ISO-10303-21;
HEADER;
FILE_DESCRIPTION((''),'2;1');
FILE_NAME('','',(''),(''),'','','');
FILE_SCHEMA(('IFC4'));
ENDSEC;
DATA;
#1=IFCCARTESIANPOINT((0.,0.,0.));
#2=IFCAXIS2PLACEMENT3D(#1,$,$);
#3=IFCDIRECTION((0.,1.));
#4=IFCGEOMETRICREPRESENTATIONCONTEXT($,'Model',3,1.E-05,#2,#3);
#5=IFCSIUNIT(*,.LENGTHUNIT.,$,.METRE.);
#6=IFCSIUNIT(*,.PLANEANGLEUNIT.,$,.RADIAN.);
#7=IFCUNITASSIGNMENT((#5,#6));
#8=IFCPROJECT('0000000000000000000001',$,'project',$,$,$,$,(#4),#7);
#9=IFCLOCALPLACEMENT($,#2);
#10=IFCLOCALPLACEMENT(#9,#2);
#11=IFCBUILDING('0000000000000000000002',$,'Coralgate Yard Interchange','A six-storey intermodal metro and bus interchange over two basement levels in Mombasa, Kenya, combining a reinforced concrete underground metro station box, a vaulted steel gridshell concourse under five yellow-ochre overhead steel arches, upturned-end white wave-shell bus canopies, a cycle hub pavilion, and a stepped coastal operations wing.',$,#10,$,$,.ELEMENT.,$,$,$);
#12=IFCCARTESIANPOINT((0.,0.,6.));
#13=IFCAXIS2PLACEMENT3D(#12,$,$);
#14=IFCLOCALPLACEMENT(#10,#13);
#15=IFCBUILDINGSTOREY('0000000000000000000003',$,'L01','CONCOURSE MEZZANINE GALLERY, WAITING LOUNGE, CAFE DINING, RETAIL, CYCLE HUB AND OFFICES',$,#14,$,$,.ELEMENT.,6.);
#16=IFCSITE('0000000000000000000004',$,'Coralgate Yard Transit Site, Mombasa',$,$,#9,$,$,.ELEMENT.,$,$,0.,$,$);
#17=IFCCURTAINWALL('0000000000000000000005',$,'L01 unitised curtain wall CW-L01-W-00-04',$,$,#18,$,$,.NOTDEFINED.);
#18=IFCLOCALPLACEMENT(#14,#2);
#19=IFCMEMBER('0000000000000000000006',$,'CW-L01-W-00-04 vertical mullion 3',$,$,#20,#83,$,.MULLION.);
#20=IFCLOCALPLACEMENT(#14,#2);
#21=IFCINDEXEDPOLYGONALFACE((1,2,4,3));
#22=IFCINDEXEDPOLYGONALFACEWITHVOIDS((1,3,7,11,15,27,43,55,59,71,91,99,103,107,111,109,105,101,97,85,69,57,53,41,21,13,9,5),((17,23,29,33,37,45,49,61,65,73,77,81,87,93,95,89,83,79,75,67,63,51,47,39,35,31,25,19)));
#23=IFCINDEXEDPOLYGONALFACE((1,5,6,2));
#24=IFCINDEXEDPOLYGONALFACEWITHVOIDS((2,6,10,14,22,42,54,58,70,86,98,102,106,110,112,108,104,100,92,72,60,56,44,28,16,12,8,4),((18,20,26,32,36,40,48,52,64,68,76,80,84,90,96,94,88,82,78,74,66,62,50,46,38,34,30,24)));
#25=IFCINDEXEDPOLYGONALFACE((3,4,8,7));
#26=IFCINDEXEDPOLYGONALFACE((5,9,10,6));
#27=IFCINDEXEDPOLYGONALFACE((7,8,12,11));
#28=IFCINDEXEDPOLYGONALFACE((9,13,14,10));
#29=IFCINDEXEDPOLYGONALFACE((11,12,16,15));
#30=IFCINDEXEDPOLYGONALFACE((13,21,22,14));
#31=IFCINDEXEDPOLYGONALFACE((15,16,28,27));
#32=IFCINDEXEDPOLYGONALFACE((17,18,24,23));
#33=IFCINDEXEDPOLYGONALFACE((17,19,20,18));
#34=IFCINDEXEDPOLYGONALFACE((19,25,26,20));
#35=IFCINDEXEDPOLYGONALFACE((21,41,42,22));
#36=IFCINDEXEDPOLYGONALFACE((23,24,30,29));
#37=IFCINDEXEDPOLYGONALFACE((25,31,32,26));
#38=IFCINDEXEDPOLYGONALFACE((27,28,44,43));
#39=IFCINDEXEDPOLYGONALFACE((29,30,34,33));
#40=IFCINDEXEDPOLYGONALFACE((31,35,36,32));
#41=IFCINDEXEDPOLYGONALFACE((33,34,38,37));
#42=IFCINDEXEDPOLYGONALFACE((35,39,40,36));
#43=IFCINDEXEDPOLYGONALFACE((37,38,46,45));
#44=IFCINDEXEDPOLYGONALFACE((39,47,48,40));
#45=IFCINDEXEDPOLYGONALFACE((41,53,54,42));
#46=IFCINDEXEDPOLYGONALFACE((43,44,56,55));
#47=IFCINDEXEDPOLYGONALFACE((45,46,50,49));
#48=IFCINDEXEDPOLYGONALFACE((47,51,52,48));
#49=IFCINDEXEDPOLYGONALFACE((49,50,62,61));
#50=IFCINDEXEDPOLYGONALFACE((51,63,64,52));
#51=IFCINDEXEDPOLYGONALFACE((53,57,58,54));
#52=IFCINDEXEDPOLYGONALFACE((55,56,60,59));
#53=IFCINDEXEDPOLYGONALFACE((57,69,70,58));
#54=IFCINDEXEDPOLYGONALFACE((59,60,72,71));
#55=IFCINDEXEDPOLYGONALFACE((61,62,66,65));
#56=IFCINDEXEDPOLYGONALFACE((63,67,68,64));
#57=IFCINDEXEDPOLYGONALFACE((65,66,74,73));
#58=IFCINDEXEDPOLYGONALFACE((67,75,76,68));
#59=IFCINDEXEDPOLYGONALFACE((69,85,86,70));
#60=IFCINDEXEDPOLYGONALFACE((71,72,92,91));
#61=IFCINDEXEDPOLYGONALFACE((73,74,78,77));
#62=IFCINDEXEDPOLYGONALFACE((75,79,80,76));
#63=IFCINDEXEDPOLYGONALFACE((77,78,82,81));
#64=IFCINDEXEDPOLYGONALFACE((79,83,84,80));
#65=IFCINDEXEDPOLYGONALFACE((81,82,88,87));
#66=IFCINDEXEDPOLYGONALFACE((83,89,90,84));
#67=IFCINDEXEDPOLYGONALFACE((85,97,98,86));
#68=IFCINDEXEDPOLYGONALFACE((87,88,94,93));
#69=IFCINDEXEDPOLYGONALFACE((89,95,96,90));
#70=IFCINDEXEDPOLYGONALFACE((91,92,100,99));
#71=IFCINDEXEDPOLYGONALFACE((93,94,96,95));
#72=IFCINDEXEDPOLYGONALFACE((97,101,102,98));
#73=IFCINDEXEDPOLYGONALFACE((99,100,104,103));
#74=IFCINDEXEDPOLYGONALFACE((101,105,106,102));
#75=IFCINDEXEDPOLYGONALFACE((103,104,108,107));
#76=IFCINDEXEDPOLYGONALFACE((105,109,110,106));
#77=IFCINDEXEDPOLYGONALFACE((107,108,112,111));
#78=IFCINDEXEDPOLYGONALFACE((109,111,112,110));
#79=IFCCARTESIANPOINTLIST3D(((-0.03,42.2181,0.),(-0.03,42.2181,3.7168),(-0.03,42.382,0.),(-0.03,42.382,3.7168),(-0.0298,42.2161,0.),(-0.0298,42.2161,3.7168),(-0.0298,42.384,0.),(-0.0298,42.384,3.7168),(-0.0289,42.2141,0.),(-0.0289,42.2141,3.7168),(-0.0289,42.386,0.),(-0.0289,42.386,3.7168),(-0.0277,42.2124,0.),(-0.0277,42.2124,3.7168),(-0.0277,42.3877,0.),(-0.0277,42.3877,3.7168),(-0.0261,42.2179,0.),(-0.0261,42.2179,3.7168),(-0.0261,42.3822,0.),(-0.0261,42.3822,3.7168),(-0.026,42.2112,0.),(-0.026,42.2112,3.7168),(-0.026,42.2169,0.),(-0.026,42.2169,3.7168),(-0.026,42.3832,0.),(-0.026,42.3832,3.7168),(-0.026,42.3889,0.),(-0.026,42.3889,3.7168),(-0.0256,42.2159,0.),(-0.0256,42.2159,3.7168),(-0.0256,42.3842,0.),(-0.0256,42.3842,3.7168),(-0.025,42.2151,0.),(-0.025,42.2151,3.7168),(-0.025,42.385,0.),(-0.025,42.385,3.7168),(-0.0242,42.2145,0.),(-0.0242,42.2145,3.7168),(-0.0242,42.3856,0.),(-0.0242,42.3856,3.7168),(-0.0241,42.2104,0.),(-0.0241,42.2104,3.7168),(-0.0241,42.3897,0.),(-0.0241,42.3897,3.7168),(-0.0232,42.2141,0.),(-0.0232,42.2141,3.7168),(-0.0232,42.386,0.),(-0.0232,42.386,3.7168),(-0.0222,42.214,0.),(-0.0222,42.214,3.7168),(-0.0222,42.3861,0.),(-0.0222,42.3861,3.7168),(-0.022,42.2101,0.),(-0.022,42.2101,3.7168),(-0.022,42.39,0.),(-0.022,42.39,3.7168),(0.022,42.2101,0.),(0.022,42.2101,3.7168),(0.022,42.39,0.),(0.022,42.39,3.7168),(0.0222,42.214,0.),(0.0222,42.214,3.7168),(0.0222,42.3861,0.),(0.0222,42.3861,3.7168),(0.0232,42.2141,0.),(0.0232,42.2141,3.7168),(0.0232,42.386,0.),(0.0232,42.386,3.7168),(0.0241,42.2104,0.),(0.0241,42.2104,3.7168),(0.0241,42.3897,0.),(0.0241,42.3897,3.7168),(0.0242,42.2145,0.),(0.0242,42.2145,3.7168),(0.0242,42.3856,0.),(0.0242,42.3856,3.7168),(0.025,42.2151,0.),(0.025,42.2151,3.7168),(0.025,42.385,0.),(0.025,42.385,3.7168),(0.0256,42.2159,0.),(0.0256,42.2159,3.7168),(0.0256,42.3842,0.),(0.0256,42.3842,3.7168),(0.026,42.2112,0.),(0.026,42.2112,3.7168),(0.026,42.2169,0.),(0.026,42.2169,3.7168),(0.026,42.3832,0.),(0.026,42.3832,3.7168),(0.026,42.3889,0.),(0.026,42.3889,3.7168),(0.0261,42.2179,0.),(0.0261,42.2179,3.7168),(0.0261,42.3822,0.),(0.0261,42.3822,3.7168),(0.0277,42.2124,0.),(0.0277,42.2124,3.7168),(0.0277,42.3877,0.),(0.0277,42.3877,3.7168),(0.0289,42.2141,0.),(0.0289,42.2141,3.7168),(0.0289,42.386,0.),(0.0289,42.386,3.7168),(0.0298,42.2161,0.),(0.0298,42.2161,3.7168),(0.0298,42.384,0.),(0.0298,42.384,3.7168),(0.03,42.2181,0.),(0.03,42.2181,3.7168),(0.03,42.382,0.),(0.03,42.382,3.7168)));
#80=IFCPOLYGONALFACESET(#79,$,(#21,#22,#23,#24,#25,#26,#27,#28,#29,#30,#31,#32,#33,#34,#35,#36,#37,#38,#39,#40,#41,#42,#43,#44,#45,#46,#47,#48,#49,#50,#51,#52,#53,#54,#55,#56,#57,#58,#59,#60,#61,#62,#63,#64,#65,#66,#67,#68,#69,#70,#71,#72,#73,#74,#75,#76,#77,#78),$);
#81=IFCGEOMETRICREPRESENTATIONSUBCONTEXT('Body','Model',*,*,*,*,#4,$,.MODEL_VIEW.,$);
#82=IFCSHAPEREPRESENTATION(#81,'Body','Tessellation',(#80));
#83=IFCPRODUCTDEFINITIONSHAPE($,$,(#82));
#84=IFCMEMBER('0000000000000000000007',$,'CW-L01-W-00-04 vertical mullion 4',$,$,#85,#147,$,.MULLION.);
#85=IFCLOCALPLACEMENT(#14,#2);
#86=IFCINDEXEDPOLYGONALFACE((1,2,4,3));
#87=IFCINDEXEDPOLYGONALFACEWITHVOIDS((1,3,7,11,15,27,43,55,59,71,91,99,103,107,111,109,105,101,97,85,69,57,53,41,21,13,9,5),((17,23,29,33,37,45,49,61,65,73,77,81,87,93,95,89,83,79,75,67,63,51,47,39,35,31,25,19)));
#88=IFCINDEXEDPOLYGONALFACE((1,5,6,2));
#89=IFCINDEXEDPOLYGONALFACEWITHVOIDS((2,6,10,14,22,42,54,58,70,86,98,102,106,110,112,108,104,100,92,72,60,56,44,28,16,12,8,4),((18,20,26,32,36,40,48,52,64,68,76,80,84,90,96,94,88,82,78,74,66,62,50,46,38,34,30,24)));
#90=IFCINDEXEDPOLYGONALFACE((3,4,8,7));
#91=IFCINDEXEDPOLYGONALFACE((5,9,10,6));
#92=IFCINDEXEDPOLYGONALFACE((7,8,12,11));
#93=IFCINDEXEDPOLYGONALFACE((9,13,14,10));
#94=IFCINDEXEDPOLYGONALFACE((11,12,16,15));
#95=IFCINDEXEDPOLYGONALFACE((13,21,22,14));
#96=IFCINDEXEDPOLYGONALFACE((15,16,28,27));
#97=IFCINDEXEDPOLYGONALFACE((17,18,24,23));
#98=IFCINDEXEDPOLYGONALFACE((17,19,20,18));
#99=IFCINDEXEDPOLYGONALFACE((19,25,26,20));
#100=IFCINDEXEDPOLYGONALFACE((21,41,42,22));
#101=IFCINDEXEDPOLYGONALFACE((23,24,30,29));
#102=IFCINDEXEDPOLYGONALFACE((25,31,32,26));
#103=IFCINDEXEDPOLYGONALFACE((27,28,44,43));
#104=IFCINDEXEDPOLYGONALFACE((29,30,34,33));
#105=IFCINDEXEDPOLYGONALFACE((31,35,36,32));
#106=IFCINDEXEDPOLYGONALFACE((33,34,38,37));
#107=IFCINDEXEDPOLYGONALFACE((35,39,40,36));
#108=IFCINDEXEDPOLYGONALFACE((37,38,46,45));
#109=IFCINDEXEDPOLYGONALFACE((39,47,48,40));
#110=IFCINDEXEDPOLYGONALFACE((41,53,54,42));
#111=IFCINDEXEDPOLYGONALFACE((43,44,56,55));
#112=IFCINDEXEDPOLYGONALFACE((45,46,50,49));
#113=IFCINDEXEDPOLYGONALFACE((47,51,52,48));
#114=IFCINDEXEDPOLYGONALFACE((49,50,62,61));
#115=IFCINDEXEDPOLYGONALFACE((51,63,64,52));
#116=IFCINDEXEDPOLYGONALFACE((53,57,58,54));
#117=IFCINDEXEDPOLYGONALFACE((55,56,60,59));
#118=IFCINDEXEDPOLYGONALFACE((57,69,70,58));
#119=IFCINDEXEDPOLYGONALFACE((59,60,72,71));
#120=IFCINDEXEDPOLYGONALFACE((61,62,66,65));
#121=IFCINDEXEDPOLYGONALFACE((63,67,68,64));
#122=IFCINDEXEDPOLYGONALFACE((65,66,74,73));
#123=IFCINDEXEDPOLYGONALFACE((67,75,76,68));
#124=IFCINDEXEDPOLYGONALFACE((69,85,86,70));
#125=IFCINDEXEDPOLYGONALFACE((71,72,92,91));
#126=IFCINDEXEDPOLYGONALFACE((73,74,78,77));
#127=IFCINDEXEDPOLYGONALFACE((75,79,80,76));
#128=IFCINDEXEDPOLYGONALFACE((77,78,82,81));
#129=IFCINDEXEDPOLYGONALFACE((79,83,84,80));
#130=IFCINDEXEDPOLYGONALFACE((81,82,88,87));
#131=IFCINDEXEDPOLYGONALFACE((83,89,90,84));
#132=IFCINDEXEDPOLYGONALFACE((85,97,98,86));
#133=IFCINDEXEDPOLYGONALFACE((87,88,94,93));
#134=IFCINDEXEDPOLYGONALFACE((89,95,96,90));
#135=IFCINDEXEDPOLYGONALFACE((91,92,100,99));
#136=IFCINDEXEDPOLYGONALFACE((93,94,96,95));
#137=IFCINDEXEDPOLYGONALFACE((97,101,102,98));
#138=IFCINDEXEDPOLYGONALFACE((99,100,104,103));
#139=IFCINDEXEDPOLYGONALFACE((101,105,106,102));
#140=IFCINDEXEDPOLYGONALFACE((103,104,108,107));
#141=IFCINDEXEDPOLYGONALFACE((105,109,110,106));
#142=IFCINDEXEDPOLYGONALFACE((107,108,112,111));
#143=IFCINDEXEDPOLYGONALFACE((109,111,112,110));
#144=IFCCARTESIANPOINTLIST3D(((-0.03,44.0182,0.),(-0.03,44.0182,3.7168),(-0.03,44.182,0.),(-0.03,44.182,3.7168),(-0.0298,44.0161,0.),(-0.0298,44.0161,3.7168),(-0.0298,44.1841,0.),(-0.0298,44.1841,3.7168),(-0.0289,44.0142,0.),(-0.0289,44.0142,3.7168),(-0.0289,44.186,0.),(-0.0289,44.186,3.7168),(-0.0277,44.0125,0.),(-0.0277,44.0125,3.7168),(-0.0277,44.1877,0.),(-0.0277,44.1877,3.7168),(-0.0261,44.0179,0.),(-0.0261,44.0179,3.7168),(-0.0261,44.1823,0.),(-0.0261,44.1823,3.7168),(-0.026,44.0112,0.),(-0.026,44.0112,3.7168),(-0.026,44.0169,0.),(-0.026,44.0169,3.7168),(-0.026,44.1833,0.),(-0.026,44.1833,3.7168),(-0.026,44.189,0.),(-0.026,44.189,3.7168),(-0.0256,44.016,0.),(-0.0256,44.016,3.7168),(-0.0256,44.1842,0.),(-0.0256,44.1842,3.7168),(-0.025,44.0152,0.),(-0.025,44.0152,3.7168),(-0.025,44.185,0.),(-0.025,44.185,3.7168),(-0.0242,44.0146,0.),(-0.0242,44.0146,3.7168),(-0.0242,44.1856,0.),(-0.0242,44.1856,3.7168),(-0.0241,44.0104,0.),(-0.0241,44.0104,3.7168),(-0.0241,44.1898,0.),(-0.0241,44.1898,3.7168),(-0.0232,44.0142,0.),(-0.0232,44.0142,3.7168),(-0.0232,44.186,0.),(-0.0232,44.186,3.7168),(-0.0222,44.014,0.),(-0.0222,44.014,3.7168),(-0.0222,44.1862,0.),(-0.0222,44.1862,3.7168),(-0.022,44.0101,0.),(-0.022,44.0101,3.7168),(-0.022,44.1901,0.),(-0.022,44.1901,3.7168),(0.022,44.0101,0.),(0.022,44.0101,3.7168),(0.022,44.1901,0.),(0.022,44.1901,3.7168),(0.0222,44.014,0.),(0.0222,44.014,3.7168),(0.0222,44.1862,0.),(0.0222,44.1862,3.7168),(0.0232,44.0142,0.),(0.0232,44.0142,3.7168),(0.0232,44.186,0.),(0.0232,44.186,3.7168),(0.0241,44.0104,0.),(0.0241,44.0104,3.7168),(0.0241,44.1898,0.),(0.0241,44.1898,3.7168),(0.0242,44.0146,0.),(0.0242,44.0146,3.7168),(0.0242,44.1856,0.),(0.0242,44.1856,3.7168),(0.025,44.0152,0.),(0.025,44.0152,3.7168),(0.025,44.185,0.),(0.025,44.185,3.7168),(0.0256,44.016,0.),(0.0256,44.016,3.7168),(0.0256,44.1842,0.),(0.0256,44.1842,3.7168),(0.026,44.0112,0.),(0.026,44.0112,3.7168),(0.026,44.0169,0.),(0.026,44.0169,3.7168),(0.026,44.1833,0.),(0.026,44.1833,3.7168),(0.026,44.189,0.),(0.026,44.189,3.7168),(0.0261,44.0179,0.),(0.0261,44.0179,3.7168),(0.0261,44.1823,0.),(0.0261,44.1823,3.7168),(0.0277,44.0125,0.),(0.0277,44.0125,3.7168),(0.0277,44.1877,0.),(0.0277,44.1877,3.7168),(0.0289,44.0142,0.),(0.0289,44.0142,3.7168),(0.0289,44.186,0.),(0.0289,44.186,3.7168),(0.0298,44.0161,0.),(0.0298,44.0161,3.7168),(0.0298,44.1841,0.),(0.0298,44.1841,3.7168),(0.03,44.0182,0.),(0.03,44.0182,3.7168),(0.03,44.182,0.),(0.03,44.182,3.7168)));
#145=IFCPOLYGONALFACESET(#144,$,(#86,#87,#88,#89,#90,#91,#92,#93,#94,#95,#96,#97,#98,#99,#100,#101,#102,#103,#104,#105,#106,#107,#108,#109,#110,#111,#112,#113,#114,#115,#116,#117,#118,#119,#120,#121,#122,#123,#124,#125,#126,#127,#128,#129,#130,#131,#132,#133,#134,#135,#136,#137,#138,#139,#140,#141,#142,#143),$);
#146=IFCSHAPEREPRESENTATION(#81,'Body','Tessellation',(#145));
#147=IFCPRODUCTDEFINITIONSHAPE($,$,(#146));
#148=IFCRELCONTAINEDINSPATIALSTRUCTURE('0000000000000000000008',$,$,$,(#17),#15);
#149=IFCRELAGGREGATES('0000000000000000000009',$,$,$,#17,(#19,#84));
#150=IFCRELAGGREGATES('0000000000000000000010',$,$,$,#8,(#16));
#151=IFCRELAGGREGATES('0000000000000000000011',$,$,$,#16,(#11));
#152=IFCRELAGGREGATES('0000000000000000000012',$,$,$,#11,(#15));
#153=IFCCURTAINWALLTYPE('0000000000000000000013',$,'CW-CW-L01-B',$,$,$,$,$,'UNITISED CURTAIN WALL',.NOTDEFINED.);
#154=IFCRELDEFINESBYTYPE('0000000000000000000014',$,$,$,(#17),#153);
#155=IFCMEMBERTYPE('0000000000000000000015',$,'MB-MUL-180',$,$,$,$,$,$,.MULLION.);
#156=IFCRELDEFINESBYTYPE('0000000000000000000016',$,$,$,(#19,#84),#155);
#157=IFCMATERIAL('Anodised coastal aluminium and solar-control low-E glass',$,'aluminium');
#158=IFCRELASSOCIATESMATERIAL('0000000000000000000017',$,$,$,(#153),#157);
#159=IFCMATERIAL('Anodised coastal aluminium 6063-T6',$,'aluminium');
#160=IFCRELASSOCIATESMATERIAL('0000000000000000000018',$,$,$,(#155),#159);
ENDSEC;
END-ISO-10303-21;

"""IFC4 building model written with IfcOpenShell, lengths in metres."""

from ifc_helpers import new_model, si_unit, direction, frame, origin, origin_2d, place, context, subcontext, project, spatial, hollow_rectangle, extrude, material, material_profile, profile_set, type_object, element, aggregate, save


model = new_model("IFC4")

# Units and contexts
model_context = context("Model", 3, precision=1e-05, world=origin(), true_north=direction((0.0, 1.0)))
body_context = subcontext(model_context, "Body", "Model", "MODEL_VIEW")
ifc_project = project(units=[si_unit("LENGTHUNIT", "METRE"), si_unit("PLANEANGLEUNIT", "RADIAN")], contexts=[model_context])

# Site, building, storey
site_placement = place(None, origin())
site = spatial("IfcSite", under=ifc_project, at=site_placement, Name="Coralgate Yard Transit Site, Mombasa", CompositionType="ELEMENT", RefElevation=0.0)
building_placement = place(site_placement, origin())
building = spatial("IfcBuilding", under=site, at=building_placement, Name="Coralgate Yard Interchange", Description="A six-storey intermodal metro and bus interchange over two basement levels in Mombasa, Kenya, combining a reinforced concrete underground metro station box, a vaulted steel gridshell concourse under five yellow-ochre overhead steel arches, upturned-end white wave-shell bus canopies, a cycle hub pavilion, and a stepped coastal operations wing.", CompositionType="ELEMENT")
storey_placement = place(building_placement, frame((0.0, 0.0, 6.0)))
storey = spatial("IfcBuildingStorey", under=building, at=storey_placement, Name="L01", Description="CONCOURSE MEZZANINE GALLERY, WAITING LOUNGE, CAFE DINING, RETAIL, CYCLE HUB AND OFFICES", CompositionType="ELEMENT", Elevation=6.0)

# Curtain wall, members
ifc_material_1 = material(Name="Anodised coastal aluminium and solar-control low-E glass", Category="aluminium")
curtain_wall_type = type_object("IfcCurtainWallType", Name="CW-CW-L01-B", ElementType="UNITISED CURTAIN WALL", PredefinedType="NOTDEFINED", material=ifc_material_1)
curtain_wall_placement = place(storey_placement, origin())
curtain_wall = element("IfcCurtainWall", 1, at=curtain_wall_placement, inside=storey, type_object=curtain_wall_type, Name="L01 unitised curtain wall CW-L01-W-00-04", PredefinedType="NOTDEFINED")
ifc_material_2 = material(Name="Anodised coastal aluminium 6063-T6", Category="aluminium")
ifc_material_profile_1 = material_profile(ifc_material_2, hollow_rectangle(XDim=0.0601, YDim=0.1799, WallThickness=0.0039, InnerFilletRadius=0.0039, OuterFilletRadius=0.0081, at=origin_2d()), Name="ALU 60x180x4")
ifc_profile_set_1 = profile_set([ifc_material_profile_1], Name="Anodised coastal aluminium 6063-T6")
member_type_1 = type_object("IfcMemberType", Name="MB-MUL-180", PredefinedType="MULLION", material=ifc_profile_set_1)
member_1_placement = place(storey_placement, frame((0.0, 42.3, 0.0), z_axis=(0.0, 0.0, 1.0), x_axis=(1.0, 0.0, 0.0)))
member_1 = element("IfcMember", 2, at=member_1_placement, type_object=member_type_1, Name="CW-L01-W-00-04 vertical mullion 3", PredefinedType="MULLION", context=body_context, shape_type="SweptSolid", body=[
    extrude(hollow_rectangle(XDim=0.0601, YDim=0.1799, WallThickness=0.0039, InnerFilletRadius=0.0039, OuterFilletRadius=0.0081, at=origin_2d()), origin(), (0.0, 0.0, 1.0), 3.7168),
])
member_2_placement = place(storey_placement, frame((0.0, 44.1001, 0.0), z_axis=(0.0, 0.0, 1.0), x_axis=(1.0, 0.0, 0.0)))
member_2 = element("IfcMember", 3, at=member_2_placement, type_object=member_type_1, Name="CW-L01-W-00-04 vertical mullion 4", PredefinedType="MULLION", context=body_context, shape_type="SweptSolid", body=[
    extrude(hollow_rectangle(XDim=0.0601, YDim=0.1799, WallThickness=0.0039, InnerFilletRadius=0.0039, OuterFilletRadius=0.0081, at=origin_2d()), origin(), (0.0, 0.0, 1.0), 3.7168),
])
aggregate(curtain_wall, [member_1, member_2])

save(model, "model.ifc")
